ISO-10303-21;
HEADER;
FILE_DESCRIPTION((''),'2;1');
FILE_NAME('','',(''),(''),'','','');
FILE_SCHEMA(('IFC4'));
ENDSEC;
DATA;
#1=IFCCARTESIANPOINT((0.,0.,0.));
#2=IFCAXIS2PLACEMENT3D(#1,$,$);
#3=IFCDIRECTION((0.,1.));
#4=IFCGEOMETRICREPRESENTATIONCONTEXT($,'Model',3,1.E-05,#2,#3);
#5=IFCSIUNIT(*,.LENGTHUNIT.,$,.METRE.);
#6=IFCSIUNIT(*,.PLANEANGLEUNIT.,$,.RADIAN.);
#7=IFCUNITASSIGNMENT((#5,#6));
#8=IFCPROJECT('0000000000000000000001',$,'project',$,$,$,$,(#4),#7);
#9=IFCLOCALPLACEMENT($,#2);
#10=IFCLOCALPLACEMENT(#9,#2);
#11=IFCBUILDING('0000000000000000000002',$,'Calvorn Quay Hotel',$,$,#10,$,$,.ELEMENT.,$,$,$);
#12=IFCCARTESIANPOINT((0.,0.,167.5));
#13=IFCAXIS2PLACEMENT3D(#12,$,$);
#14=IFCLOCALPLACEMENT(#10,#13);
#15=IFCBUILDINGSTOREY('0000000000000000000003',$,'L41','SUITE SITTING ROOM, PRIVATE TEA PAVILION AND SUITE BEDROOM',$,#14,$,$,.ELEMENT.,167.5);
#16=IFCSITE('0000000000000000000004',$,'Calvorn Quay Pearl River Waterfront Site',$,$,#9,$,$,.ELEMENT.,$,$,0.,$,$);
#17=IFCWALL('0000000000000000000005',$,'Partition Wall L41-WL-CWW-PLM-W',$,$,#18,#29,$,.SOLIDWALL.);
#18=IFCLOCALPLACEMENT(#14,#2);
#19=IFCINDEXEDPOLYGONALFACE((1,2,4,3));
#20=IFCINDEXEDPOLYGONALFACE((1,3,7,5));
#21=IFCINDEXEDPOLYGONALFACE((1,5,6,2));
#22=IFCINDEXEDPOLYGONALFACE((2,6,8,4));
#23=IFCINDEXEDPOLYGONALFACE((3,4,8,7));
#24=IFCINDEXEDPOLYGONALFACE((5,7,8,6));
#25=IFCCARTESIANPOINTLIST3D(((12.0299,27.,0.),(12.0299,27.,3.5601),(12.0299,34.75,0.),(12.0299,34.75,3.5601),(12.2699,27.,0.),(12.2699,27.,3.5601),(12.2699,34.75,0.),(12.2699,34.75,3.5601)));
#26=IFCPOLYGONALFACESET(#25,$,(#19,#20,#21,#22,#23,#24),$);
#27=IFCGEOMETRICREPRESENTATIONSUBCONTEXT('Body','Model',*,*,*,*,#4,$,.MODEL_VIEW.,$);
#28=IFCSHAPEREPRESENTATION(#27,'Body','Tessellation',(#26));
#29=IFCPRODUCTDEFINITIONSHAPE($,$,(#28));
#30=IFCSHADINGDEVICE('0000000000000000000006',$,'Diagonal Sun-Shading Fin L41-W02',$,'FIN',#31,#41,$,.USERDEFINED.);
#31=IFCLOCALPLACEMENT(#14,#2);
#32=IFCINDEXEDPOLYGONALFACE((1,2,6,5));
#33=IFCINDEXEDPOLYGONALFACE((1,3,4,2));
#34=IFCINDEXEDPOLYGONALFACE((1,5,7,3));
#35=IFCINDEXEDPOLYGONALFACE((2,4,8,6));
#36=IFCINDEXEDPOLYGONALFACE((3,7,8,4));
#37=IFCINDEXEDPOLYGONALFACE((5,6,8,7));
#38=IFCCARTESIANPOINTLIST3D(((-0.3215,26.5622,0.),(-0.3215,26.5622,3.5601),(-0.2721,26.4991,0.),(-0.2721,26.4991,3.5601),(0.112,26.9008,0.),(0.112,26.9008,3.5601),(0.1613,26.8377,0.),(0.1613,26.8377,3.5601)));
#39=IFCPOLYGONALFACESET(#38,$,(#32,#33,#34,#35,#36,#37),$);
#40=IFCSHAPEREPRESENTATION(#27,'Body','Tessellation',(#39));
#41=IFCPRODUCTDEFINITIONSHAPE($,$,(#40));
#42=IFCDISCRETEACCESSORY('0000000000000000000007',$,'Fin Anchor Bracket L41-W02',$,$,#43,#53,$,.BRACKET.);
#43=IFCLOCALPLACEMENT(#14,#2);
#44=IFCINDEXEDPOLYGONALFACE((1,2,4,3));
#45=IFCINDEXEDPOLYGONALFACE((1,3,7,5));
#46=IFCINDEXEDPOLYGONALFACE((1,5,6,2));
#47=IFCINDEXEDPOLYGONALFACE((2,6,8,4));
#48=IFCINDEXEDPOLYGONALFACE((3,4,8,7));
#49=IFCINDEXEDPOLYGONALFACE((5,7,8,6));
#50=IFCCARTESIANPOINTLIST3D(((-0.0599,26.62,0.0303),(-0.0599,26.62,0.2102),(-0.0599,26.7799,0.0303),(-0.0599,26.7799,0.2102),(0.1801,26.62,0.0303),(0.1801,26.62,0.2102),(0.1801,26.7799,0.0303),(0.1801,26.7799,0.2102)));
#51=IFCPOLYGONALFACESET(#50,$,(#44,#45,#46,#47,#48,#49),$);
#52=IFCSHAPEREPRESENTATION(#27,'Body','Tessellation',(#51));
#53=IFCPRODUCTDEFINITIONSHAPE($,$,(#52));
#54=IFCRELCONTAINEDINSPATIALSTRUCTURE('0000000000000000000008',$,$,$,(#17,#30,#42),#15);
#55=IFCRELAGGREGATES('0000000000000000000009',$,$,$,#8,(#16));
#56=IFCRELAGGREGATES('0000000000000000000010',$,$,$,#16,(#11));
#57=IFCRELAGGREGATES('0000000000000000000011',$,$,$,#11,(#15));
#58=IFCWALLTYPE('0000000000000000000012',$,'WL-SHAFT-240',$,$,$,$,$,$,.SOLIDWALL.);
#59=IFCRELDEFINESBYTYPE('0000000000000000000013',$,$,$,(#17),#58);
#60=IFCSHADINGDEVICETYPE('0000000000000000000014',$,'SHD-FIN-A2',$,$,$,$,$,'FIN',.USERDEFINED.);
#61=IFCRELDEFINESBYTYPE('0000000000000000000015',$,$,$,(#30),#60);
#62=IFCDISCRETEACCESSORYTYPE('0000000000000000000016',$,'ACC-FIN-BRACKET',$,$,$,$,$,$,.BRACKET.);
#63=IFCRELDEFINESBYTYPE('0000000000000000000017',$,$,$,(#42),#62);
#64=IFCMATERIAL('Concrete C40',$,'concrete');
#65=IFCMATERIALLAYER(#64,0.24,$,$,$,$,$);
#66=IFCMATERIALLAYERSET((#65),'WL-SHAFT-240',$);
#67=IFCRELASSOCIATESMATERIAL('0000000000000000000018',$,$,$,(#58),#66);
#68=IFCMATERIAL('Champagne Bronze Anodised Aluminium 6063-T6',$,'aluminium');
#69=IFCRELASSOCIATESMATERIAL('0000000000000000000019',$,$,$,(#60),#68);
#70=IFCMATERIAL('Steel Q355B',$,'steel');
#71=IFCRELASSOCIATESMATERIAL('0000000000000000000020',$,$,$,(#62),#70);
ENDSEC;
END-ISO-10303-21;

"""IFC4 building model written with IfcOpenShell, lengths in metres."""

from ifc_helpers import new_model, si_unit, direction, frame, frame_2d, origin, origin_2d, place, context, subcontext, project, spatial, rectangle, extrude, material, layer, layer_set, type_object, element, save


model = new_model("IFC4")

# Units and contexts
model_context = context("Model", 3, precision=1e-05, world=origin(), true_north=direction((0.0, 1.0)))
body_context = subcontext(model_context, "Body", "Model", "MODEL_VIEW")
ifc_project = project(units=[si_unit("LENGTHUNIT", "METRE"), si_unit("PLANEANGLEUNIT", "RADIAN")], contexts=[model_context])

# Site, building, storey
site_placement = place(None, origin())
site = spatial("IfcSite", under=ifc_project, at=site_placement, Name="Calvorn Quay Pearl River Waterfront Site", CompositionType="ELEMENT", RefElevation=0.0)
building_placement = place(site_placement, origin())
building = spatial("IfcBuilding", under=site, at=building_placement, Name="Calvorn Quay Hotel", CompositionType="ELEMENT")
storey_placement = place(building_placement, frame((0.0, 0.0, 167.5)))
storey = spatial("IfcBuildingStorey", under=building, at=storey_placement, Name="L41", Description="SUITE SITTING ROOM, PRIVATE TEA PAVILION AND SUITE BEDROOM", CompositionType="ELEMENT", Elevation=167.5)

# Shared definitions
ifc_material_1 = material(Name="Concrete C40", Category="concrete")
ifc_layer_1 = layer(ifc_material_1, 0.24)
ifc_layer_set_1 = layer_set([ifc_layer_1], Name="WL-SHAFT-240")
wall_type_1 = type_object("IfcWallType", Name="WL-SHAFT-240", PredefinedType="SOLIDWALL", material=ifc_layer_set_1)

# Wall
wall_1_placement = place(storey_placement, frame((12.1499, 27.0, 0.0), z_axis=(0.0, 0.0, 1.0), x_axis=(0.0, 1.0, 0.0)))
element("IfcWall", 1, at=wall_1_placement, inside=storey, type_object=wall_type_1, Name="Partition Wall L41-WL-CWW-PLM-W", PredefinedType="SOLIDWALL", context=body_context, shape_type="SweptSolid", body=[
    extrude(rectangle(XDim=7.75, YDim=0.24, at=frame_2d((3.875, 0.0))), origin(), (0.0, 0.0, 1.0), 3.5601),
])

# Shading device
ifc_material_2 = material(Name="Champagne Bronze Anodised Aluminium 6063-T6", Category="aluminium")
shading_device_type = type_object("IfcShadingDeviceType", Name="SHD-FIN-A2", ElementType="FIN", PredefinedType="USERDEFINED", material=ifc_material_2)
shading_device_placement = place(storey_placement, frame((-0.0801, 26.7, 0.0), z_axis=(0.0, 0.0, 1.0), x_axis=(0.788011, 0.615661, 0.0)))
element("IfcShadingDevice", 2, at=shading_device_placement, inside=storey, type_object=shading_device_type, Name="Diagonal Sun-Shading Fin L41-W02", ObjectType="FIN", PredefinedType="USERDEFINED", context=body_context, shape_type="SweptSolid", body=[
    extrude(rectangle(XDim=0.55, YDim=0.0801, at=origin_2d()), origin(), (0.0, 0.0, 1.0), 3.5601),
])

# Discrete accessory
ifc_material_3 = material(Name="Steel Q355B", Category="steel")
discrete_accessory_type = type_object("IfcDiscreteAccessoryType", Name="ACC-FIN-BRACKET", PredefinedType="BRACKET", material=ifc_material_3)
discrete_accessory_placement = place(storey_placement, frame((0.0601, 26.7, 0.0303), z_axis=(0.0, 0.0, 1.0), x_axis=(1.0, 0.0, 0.0)))
element("IfcDiscreteAccessory", 3, at=discrete_accessory_placement, inside=storey, type_object=discrete_accessory_type, Name="Fin Anchor Bracket L41-W02", PredefinedType="BRACKET", context=body_context, shape_type="SweptSolid", body=[
    extrude(rectangle(XDim=0.24, YDim=0.1599, at=origin_2d()), origin(), (0.0, 0.0, 1.0), 0.1799),
])

save(model, "model.ifc")
